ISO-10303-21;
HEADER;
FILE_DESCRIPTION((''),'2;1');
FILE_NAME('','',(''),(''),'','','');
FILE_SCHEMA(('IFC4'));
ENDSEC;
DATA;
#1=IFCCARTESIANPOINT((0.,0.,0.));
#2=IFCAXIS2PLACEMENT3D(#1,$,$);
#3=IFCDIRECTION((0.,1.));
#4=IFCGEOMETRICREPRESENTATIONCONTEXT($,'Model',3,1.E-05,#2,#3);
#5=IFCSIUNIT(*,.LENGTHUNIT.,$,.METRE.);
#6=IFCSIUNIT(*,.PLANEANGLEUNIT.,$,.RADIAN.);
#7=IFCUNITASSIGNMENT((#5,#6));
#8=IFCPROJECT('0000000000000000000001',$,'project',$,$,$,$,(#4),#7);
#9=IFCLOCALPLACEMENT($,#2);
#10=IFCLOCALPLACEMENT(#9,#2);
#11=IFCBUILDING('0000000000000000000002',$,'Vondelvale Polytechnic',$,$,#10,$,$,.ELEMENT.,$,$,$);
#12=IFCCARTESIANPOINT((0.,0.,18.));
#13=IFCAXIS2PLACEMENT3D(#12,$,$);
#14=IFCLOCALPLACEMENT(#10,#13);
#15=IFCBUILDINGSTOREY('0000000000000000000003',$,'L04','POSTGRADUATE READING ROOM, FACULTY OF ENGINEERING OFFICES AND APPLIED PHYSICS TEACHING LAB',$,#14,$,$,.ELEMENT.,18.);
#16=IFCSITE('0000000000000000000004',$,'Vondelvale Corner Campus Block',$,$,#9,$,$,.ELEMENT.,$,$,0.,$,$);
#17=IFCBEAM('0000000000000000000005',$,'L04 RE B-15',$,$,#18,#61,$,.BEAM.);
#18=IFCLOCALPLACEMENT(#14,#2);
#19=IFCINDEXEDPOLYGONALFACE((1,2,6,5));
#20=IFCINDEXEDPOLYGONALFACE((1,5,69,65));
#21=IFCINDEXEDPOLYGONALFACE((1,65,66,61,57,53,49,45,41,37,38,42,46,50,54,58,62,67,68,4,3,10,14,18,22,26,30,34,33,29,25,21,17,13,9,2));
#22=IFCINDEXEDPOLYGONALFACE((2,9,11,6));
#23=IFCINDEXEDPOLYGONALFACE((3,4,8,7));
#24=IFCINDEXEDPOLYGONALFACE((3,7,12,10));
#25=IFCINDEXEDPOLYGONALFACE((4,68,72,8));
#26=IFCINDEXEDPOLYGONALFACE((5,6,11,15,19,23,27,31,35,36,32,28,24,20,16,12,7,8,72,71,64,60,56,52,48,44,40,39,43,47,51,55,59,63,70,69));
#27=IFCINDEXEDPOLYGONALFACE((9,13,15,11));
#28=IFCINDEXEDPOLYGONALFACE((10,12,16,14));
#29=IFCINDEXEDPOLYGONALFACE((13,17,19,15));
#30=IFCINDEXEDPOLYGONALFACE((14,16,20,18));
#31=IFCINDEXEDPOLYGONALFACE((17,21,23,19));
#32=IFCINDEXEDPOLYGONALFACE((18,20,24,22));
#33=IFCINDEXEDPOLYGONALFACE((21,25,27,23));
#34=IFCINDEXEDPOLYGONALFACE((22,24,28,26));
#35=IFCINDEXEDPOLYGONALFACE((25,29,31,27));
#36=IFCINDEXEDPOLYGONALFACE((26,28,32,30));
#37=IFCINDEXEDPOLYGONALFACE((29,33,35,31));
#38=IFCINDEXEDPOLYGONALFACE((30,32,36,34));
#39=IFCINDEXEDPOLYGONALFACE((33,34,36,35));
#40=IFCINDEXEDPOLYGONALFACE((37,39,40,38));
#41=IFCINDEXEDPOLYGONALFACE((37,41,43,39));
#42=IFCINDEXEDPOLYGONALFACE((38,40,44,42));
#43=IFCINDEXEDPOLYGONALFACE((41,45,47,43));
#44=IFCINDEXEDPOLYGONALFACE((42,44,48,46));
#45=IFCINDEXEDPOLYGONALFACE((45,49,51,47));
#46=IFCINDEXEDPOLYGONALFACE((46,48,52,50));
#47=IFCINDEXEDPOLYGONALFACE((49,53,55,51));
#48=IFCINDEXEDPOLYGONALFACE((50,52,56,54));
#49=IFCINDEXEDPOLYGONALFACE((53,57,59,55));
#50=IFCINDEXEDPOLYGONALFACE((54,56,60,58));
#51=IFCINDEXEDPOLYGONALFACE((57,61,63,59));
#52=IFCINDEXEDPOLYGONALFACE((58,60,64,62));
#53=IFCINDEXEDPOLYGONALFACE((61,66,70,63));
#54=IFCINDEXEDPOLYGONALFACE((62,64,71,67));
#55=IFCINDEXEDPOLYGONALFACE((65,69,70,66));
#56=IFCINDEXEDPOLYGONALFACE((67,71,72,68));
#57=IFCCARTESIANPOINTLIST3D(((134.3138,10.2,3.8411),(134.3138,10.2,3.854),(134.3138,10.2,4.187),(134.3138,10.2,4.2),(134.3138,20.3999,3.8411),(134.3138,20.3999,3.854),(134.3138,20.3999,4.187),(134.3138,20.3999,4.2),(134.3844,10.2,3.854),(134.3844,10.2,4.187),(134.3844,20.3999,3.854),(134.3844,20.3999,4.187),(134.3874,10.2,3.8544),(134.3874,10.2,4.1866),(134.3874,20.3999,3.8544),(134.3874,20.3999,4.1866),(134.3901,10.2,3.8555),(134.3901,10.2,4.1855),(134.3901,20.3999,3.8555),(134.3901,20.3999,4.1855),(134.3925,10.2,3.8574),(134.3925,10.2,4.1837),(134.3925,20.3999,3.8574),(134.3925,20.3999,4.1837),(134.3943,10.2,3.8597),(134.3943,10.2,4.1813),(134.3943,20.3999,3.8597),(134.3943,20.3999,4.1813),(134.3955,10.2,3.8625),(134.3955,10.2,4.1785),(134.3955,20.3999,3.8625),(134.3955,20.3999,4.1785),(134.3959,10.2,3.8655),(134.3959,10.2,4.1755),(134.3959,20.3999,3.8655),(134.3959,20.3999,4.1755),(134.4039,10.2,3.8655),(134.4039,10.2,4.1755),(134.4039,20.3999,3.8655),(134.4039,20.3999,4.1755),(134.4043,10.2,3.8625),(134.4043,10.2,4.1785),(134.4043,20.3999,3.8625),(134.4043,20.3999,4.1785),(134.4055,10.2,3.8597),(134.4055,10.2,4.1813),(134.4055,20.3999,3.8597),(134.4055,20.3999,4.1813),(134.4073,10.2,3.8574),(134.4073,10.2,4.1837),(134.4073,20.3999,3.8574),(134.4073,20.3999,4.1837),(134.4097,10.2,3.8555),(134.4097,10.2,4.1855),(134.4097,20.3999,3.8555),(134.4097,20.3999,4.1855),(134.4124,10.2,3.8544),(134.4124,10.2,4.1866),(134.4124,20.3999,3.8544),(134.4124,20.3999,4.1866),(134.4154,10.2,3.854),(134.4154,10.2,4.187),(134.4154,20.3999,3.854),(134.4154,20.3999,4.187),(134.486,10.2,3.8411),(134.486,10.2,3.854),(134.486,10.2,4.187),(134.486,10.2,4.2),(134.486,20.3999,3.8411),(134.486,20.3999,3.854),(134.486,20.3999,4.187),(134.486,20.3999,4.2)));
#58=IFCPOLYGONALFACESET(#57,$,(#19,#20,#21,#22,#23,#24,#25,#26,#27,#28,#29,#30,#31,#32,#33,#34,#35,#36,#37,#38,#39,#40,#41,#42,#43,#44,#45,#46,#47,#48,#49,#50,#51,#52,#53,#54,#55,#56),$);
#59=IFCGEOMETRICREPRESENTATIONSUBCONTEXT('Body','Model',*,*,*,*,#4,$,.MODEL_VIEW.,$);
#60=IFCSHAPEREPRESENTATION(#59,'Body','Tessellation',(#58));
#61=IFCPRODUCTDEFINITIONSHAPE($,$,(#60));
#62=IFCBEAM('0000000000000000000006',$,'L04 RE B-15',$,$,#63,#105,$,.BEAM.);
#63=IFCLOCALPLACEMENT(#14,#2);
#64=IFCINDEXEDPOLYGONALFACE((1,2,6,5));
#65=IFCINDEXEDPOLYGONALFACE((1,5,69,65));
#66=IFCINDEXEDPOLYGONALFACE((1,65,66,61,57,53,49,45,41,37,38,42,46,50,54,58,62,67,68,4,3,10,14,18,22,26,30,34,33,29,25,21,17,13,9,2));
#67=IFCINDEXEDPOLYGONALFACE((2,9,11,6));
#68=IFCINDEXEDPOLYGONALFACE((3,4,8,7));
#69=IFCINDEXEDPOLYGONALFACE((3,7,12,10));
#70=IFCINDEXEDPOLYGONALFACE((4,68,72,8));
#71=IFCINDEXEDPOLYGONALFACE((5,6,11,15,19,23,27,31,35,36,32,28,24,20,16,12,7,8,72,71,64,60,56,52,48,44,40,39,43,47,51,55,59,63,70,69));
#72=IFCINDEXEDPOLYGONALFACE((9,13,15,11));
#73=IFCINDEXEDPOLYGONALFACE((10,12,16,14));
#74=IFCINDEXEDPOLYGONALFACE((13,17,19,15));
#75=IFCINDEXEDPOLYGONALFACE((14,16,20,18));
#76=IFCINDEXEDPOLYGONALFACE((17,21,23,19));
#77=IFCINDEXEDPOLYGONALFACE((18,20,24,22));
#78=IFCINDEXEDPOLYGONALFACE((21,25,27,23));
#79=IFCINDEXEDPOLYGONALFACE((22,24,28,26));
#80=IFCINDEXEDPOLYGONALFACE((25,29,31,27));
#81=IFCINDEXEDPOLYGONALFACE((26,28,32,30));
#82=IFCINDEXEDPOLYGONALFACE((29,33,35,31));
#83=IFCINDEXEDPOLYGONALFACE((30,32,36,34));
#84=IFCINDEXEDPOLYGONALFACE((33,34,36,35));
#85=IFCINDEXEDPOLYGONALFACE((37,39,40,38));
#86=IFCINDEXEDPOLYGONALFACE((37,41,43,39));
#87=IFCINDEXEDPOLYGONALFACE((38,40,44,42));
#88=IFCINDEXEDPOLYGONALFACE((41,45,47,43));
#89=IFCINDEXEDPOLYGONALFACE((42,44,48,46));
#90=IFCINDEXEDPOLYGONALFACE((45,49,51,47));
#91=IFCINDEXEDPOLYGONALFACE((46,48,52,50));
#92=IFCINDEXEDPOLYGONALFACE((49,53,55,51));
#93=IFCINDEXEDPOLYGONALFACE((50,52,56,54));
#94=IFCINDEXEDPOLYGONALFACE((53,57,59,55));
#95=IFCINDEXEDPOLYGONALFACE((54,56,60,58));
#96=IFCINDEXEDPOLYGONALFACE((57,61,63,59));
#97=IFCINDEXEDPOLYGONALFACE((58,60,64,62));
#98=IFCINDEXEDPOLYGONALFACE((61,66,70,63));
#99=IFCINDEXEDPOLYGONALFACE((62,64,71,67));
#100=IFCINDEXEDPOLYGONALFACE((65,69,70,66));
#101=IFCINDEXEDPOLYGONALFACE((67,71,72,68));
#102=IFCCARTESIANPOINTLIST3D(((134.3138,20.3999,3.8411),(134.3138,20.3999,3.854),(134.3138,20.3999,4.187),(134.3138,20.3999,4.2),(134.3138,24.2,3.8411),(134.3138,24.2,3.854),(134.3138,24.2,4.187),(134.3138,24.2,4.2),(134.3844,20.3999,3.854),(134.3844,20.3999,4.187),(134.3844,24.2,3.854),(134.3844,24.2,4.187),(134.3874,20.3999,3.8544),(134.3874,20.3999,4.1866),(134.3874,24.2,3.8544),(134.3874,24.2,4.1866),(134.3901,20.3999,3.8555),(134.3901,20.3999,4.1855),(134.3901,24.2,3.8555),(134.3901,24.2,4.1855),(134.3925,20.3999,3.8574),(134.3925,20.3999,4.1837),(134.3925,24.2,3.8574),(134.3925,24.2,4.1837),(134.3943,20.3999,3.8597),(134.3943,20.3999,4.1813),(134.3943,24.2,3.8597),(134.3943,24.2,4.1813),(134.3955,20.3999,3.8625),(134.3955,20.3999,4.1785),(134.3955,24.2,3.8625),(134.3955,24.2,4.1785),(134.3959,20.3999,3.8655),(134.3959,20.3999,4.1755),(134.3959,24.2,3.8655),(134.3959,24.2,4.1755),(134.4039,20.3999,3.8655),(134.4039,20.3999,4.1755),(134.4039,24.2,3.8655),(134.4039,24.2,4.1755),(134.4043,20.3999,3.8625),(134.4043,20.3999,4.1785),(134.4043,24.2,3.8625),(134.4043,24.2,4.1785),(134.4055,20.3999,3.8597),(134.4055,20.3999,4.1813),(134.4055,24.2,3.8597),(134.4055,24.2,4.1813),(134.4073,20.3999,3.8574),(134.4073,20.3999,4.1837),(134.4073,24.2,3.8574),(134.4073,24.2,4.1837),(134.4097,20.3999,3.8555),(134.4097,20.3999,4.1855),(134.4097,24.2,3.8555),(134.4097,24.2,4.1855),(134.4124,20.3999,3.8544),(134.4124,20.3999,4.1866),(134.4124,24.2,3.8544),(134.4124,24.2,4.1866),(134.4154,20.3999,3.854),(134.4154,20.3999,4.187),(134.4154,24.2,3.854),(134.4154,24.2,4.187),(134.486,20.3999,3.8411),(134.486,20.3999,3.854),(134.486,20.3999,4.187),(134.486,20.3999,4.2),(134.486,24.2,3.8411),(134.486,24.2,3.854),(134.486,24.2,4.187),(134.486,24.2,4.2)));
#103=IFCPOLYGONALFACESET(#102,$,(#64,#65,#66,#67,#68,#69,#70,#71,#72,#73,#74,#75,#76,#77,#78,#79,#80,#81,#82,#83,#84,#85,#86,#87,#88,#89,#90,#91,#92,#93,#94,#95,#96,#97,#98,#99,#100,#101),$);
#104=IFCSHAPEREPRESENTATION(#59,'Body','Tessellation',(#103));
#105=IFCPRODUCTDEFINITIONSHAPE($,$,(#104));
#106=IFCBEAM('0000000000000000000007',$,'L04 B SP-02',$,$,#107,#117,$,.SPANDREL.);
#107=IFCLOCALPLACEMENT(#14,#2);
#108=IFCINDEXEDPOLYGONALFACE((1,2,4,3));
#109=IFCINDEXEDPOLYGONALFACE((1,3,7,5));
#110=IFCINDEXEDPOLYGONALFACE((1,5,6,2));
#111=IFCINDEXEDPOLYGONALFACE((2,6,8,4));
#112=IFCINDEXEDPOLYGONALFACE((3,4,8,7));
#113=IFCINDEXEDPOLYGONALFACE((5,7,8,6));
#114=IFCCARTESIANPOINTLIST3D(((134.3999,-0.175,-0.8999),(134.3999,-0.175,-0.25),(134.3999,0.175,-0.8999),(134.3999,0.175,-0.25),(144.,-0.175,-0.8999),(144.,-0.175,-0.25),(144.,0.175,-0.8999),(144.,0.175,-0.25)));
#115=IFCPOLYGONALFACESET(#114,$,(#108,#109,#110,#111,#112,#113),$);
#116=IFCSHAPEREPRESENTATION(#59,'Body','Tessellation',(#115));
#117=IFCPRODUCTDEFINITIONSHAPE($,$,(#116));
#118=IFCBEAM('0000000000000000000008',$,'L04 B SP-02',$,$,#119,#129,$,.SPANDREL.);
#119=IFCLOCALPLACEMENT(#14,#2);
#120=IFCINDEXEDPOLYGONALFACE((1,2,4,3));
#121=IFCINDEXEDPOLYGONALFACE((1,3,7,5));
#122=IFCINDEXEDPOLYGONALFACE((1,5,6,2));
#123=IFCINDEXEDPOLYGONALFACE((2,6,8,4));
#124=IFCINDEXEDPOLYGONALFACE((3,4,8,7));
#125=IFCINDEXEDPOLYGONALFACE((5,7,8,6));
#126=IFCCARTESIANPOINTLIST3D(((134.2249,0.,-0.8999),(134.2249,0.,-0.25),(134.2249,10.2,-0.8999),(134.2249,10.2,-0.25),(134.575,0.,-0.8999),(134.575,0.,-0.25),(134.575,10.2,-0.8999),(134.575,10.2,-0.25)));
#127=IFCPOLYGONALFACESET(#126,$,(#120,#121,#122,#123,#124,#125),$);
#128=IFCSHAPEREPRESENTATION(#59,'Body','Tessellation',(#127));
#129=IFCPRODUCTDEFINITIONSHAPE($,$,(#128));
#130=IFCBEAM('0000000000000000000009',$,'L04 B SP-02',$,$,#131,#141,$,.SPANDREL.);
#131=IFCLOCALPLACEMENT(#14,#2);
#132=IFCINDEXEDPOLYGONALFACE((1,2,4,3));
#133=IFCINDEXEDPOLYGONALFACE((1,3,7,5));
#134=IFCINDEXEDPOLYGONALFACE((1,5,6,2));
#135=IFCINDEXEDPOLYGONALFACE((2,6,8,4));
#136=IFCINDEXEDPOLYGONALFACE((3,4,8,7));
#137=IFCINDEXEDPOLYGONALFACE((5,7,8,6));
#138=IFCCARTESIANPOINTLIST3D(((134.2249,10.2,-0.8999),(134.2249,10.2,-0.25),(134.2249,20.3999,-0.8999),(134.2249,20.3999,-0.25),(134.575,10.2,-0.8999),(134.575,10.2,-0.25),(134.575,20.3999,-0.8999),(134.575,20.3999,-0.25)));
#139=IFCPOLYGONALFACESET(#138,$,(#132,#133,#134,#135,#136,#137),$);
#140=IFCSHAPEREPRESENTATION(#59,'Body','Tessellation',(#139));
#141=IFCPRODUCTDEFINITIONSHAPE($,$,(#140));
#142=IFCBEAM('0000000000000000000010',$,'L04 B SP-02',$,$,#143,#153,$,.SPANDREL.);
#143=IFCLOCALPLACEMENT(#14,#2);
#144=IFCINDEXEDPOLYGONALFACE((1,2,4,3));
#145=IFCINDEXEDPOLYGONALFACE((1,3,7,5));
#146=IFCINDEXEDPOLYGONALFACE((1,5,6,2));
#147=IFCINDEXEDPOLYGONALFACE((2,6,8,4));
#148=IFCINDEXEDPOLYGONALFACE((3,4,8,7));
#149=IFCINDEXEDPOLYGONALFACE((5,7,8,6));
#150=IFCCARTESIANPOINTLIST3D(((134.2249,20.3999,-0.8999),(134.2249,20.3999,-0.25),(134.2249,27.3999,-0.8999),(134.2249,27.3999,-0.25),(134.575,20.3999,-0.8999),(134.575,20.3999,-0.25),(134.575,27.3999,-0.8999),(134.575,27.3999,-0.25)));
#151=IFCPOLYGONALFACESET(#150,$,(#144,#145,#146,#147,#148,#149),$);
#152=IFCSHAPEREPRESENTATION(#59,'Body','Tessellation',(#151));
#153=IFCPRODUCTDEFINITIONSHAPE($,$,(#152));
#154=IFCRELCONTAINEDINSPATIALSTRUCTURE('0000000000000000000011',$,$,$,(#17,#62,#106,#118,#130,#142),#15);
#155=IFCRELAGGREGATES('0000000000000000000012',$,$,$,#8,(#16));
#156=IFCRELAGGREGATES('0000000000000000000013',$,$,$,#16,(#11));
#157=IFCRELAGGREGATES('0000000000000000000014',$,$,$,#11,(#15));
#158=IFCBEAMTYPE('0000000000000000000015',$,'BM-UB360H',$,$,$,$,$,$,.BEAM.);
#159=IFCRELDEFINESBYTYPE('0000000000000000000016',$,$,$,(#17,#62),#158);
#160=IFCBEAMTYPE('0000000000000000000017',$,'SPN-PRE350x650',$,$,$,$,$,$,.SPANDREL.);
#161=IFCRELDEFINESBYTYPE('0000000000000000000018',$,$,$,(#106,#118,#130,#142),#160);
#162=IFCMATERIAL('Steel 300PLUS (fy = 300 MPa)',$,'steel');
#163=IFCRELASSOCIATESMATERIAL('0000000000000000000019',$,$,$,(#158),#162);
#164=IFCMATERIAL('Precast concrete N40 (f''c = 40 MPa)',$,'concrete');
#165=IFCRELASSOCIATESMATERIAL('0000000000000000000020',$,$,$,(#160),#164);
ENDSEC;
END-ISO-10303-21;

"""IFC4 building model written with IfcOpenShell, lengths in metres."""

from ifc_helpers import new_model, si_unit, direction, frame, origin, origin_2d, place, context, subcontext, project, spatial, rectangle, i_section, extrude, material, material_profile, profile_set, type_object, element, save


model = new_model("IFC4")

# Units and contexts
model_context = context("Model", 3, precision=1e-05, world=origin(), true_north=direction((0.0, 1.0)))
body_context = subcontext(model_context, "Body", "Model", "MODEL_VIEW")
ifc_project = project(units=[si_unit("LENGTHUNIT", "METRE"), si_unit("PLANEANGLEUNIT", "RADIAN")], contexts=[model_context])

# Site, building, storey
site_placement = place(None, origin())
site = spatial("IfcSite", under=ifc_project, at=site_placement, Name="Vondelvale Corner Campus Block", CompositionType="ELEMENT", RefElevation=0.0)
building_placement = place(site_placement, origin())
building = spatial("IfcBuilding", under=site, at=building_placement, Name="Vondelvale Polytechnic", CompositionType="ELEMENT")
storey_placement = place(building_placement, frame((0.0, 0.0, 18.0)))
storey = spatial("IfcBuildingStorey", under=building, at=storey_placement, Name="L04", Description="POSTGRADUATE READING ROOM, FACULTY OF ENGINEERING OFFICES AND APPLIED PHYSICS TEACHING LAB", CompositionType="ELEMENT", Elevation=18.0)

# Beams
ifc_material_1 = material(Name="Steel 300PLUS (fy = 300 MPa)", Category="steel")
ifc_material_profile_1 = material_profile(ifc_material_1, i_section(OverallWidth=0.1721, OverallDepth=0.3589, WebThickness=0.0081, FlangeThickness=0.0129, FilletRadius=0.0115, at=origin_2d()), Name="360UB56.7")
ifc_profile_set_1 = profile_set([ifc_material_profile_1], Name="Steel 300PLUS (fy = 300 MPa)")
beam_type_1 = type_object("IfcBeamType", Name="BM-UB360H", PredefinedType="BEAM", material=ifc_profile_set_1)
for number, where, z_axis, x_axis, name in (
    (1, (134.3999, 10.2, 4.0205), (0.0, 1.0, 0.0), (-1.0, 0.0, 0.0), "L04 RE B-15"),
):
    element("IfcBeam", number, at=place(storey_placement, frame(where, z_axis=z_axis, x_axis=x_axis)), inside=storey, type_object=beam_type_1, Name=name, PredefinedType="BEAM", context=body_context, shape_type="SweptSolid", body=[
        extrude(i_section(OverallWidth=0.1721, OverallDepth=0.3589, WebThickness=0.0081, FlangeThickness=0.0129, FilletRadius=0.0115, at=origin_2d()), origin(), (0.0, 0.0, 1.0), 10.2),
    ])
beam_1_placement = place(storey_placement, frame((134.3999, 20.3999, 4.0205), z_axis=(0.0, 1.0, 0.0), x_axis=(-1.0, 0.0, 0.0)))
element("IfcBeam", 2, at=beam_1_placement, inside=storey, type_object=beam_type_1, Name="L04 RE B-15", PredefinedType="BEAM", context=body_context, shape_type="SweptSolid", body=[
    extrude(i_section(OverallWidth=0.1721, OverallDepth=0.3589, WebThickness=0.0081, FlangeThickness=0.0129, FilletRadius=0.0115, at=origin_2d()), origin(), (0.0, 0.0, 1.0), 3.8),
])
ifc_material_2 = material(Name="Precast concrete N40 (f'c = 40 MPa)", Category="concrete")
ifc_material_profile_2 = material_profile(ifc_material_2, rectangle(XDim=0.3501, YDim=0.6499, at=origin_2d()), Name="RC-SPN-350x650")
ifc_profile_set_2 = profile_set([ifc_material_profile_2], Name="Precast concrete N40 (f'c = 40 MPa)")
beam_type_2 = type_object("IfcBeamType", Name="SPN-PRE350x650", PredefinedType="SPANDREL", material=ifc_profile_set_2)
beam_2_placement = place(storey_placement, frame((134.3999, 0.0, -0.575), z_axis=(1.0, 0.0, 0.0), x_axis=(0.0, 1.0, 0.0)))
element("IfcBeam", 3, at=beam_2_placement, inside=storey, type_object=beam_type_2, Name="L04 B SP-02", PredefinedType="SPANDREL", context=body_context, shape_type="SweptSolid", body=[
    extrude(rectangle(XDim=0.3501, YDim=0.6499, at=origin_2d()), origin(), (0.0, 0.0, 1.0), 9.6001),
])
for number, where, z_axis, x_axis, name in (
    (4, (134.3999, 0.0, -0.575), (0.0, 1.0, 0.0), (-1.0, 0.0, 0.0), "L04 B SP-02"),
    (5, (134.3999, 10.2, -0.575), (0.0, 1.0, 0.0), (-1.0, 0.0, 0.0), "L04 B SP-02"),
):
    element("IfcBeam", number, at=place(storey_placement, frame(where, z_axis=z_axis, x_axis=x_axis)), inside=storey, type_object=beam_type_2, Name=name, PredefinedType="SPANDREL", context=body_context, shape_type="SweptSolid", body=[
        extrude(rectangle(XDim=0.3501, YDim=0.6499, at=origin_2d()), origin(), (0.0, 0.0, 1.0), 10.2),
    ])
beam_3_placement = place(storey_placement, frame((134.3999, 20.3999, -0.575), z_axis=(0.0, 1.0, 0.0), x_axis=(-1.0, 0.0, 0.0)))
element("IfcBeam", 6, at=beam_3_placement, inside=storey, type_object=beam_type_2, Name="L04 B SP-02", PredefinedType="SPANDREL", context=body_context, shape_type="SweptSolid", body=[
    extrude(rectangle(XDim=0.3501, YDim=0.6499, at=origin_2d()), origin(), (0.0, 0.0, 1.0), 7.0),
])

save(model, "model.ifc")
